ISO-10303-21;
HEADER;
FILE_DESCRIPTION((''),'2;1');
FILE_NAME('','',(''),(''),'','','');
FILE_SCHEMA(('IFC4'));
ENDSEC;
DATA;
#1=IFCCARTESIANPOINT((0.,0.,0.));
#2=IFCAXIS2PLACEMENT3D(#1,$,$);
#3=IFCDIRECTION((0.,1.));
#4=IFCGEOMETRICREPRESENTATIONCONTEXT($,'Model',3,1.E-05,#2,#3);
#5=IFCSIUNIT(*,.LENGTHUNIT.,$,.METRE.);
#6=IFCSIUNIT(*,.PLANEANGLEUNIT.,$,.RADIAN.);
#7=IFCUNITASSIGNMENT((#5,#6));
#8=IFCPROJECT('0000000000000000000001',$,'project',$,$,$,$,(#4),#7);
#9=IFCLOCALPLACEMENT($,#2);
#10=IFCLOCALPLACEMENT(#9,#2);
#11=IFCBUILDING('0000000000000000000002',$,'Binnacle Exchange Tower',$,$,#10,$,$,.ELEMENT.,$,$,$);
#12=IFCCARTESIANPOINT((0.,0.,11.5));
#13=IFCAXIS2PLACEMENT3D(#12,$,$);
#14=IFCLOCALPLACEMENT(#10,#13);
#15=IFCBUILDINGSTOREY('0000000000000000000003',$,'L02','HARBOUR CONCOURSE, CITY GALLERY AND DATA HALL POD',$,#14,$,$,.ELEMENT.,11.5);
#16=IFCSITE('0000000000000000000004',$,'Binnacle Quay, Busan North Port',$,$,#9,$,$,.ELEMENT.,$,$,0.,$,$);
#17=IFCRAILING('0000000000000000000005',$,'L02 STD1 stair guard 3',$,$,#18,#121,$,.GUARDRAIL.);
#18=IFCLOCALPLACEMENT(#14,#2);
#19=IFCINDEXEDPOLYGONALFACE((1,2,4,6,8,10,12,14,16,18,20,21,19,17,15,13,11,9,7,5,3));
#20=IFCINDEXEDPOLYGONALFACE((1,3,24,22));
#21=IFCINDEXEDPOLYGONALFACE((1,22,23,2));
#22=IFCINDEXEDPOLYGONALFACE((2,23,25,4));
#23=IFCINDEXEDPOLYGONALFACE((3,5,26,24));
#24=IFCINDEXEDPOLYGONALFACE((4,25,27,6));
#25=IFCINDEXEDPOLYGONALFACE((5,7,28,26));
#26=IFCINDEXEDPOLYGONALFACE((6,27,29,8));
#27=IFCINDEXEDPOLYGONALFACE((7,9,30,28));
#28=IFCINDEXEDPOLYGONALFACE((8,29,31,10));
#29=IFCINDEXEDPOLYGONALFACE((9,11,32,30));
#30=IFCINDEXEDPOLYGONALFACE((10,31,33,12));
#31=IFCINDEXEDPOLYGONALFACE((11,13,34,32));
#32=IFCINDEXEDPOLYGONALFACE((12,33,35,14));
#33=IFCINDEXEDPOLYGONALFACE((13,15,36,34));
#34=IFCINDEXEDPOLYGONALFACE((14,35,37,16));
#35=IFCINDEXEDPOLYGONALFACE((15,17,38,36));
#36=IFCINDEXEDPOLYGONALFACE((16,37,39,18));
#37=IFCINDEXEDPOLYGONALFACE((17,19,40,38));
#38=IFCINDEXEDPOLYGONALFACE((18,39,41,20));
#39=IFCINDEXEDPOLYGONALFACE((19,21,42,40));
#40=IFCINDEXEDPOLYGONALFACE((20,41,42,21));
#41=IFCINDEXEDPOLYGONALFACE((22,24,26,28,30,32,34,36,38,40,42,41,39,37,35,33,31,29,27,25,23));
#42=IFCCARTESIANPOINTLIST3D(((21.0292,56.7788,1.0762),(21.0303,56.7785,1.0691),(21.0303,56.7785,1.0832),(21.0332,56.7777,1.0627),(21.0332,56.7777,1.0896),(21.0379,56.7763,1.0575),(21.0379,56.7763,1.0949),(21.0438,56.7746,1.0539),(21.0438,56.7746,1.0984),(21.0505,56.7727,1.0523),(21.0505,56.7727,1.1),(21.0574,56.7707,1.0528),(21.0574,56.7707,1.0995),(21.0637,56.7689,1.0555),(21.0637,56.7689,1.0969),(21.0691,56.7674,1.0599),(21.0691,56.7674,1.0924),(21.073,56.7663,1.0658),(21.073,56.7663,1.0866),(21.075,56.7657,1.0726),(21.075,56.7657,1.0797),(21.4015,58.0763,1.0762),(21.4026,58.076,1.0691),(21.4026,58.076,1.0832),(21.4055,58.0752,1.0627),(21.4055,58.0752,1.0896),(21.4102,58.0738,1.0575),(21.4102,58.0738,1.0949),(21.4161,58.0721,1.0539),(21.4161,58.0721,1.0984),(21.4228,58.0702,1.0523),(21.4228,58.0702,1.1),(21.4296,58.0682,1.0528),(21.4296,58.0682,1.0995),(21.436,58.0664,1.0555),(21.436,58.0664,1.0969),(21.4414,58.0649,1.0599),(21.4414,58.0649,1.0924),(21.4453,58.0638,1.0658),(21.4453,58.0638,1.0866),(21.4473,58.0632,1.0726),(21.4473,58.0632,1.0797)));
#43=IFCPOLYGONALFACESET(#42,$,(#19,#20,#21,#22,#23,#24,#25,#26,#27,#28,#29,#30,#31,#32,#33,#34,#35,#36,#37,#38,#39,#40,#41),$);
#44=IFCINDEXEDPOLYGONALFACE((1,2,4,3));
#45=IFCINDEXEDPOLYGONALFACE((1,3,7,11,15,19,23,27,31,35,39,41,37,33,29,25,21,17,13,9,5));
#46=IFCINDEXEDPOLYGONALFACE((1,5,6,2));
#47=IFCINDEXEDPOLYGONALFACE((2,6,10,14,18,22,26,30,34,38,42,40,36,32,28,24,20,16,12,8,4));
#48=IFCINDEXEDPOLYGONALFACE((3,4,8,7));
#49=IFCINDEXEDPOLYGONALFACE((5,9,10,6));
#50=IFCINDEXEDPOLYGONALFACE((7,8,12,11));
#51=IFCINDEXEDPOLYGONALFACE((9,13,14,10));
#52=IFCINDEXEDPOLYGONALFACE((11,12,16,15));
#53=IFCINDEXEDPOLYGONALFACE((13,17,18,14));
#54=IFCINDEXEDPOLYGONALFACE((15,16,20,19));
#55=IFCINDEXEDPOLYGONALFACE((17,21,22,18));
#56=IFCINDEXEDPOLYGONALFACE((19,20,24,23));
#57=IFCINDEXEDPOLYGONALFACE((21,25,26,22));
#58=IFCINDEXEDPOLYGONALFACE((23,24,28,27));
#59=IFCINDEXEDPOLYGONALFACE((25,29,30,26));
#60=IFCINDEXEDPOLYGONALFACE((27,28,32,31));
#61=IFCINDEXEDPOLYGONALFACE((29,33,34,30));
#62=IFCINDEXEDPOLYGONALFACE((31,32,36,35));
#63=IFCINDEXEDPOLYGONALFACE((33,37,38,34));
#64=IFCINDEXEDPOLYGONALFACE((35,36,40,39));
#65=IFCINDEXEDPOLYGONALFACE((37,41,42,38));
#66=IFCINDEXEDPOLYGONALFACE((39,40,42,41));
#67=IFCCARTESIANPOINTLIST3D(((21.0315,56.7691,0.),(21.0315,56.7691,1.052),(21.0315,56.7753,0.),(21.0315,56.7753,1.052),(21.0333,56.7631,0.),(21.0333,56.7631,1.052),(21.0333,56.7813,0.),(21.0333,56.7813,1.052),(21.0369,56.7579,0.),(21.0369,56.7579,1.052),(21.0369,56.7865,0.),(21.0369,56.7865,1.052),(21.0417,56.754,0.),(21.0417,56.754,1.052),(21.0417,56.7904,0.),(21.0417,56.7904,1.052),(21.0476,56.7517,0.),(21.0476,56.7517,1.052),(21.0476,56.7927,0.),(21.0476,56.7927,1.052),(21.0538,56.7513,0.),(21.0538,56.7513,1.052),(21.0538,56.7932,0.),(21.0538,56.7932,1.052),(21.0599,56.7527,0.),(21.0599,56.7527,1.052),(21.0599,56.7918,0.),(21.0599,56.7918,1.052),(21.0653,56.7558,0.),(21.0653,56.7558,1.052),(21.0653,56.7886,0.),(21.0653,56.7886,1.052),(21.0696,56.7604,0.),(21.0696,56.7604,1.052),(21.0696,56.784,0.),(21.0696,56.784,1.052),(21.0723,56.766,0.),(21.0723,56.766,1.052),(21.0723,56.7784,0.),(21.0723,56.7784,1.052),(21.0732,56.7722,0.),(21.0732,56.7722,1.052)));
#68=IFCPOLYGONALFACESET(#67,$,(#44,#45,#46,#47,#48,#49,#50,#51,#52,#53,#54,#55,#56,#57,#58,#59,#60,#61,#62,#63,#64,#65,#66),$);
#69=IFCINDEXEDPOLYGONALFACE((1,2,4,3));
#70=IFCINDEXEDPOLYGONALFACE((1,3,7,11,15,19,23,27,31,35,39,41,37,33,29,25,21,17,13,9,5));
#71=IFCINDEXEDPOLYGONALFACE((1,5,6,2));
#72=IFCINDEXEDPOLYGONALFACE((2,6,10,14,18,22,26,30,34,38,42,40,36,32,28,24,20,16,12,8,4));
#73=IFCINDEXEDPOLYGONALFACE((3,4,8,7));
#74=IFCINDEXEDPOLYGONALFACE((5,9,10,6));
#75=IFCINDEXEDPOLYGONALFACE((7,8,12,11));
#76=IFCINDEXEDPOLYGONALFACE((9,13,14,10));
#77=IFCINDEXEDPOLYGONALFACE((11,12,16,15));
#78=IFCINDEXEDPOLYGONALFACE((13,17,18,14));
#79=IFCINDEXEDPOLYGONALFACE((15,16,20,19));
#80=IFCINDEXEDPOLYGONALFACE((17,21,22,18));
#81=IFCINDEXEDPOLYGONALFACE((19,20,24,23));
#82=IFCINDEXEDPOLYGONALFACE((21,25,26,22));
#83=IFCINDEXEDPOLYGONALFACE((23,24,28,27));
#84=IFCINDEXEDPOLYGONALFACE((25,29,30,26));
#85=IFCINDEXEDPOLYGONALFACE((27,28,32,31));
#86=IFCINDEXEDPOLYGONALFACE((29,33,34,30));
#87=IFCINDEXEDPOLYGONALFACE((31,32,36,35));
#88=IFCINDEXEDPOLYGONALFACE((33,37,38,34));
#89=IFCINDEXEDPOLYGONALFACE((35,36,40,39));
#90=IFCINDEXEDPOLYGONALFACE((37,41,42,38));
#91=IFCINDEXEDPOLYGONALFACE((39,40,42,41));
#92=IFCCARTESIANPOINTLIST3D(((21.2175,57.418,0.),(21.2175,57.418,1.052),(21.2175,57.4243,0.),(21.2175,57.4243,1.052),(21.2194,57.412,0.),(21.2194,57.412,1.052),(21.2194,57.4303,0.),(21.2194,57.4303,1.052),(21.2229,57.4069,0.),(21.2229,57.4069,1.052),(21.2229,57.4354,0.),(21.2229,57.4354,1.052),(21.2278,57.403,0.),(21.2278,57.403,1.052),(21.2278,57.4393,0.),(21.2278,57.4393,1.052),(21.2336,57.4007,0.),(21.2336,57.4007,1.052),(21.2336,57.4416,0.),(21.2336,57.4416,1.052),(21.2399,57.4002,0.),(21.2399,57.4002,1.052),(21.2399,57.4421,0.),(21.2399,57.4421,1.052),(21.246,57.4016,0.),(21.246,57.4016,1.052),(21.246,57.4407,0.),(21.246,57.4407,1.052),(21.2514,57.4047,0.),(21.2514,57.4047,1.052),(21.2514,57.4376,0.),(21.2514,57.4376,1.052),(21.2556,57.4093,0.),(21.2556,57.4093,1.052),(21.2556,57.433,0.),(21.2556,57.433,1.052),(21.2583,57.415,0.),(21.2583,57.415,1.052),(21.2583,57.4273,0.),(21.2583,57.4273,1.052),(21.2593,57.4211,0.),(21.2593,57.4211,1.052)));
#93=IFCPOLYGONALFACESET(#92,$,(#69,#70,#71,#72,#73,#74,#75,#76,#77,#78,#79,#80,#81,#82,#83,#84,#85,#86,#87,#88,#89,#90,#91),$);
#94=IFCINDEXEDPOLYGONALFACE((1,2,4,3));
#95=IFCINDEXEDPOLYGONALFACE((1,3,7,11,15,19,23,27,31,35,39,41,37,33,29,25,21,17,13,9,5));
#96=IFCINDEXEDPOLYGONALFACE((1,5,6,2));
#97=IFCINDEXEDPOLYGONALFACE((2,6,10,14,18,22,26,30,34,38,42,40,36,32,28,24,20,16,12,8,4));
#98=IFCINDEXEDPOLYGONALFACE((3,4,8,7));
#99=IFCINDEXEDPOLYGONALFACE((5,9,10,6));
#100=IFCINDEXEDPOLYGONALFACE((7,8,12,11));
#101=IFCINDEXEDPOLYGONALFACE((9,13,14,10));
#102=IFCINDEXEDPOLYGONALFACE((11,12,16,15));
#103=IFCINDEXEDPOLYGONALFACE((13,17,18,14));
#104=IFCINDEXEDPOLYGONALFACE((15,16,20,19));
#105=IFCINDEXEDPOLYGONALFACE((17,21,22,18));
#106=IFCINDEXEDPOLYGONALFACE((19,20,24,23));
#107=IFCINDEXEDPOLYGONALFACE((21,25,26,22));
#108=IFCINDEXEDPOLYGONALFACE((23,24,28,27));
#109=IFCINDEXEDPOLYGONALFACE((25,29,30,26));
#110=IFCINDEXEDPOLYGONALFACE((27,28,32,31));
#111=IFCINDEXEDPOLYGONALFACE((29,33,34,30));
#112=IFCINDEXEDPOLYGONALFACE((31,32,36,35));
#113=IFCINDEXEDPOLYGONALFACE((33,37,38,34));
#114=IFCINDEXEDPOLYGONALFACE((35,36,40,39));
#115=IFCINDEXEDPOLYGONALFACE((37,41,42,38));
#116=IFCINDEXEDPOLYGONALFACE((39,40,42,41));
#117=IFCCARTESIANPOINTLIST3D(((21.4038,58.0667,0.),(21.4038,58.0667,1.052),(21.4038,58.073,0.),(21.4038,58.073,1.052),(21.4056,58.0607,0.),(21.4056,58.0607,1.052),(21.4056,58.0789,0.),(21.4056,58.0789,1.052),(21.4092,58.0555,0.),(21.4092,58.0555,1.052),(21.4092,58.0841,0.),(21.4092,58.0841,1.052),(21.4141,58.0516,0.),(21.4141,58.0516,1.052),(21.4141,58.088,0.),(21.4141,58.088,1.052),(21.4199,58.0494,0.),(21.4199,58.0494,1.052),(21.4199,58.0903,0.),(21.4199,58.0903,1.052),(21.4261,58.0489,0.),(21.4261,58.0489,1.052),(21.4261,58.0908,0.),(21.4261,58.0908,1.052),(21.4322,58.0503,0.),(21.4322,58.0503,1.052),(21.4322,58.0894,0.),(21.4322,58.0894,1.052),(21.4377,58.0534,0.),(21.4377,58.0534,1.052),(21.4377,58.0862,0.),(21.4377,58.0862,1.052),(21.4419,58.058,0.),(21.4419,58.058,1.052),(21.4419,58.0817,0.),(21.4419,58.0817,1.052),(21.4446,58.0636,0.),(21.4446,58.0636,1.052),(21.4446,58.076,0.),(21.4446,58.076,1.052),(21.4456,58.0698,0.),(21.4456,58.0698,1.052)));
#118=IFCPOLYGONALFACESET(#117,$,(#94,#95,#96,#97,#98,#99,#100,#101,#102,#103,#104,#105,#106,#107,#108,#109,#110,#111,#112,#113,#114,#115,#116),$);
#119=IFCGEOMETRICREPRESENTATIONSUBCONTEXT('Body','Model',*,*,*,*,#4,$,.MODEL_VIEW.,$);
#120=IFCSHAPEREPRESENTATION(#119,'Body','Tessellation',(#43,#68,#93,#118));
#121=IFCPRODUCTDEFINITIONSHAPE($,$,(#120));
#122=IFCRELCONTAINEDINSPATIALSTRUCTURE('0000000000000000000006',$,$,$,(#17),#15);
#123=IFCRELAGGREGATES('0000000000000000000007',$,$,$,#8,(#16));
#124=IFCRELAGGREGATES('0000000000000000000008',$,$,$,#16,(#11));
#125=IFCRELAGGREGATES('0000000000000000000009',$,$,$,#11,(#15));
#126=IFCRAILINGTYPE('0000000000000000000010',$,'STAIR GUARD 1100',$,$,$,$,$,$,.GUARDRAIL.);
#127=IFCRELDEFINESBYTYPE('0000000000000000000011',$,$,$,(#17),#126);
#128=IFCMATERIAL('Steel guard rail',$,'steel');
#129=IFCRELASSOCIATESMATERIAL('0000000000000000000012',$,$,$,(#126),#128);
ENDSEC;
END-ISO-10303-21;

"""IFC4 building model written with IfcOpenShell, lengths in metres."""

from ifc_helpers import new_model, si_unit, direction, frame, origin, origin_2d, place, context, subcontext, project, spatial, circle, extrude, material, type_object, element, save


model = new_model("IFC4")

# Units and contexts
model_context = context("Model", 3, precision=1e-05, world=origin(), true_north=direction((0.0, 1.0)))
body_context = subcontext(model_context, "Body", "Model", "MODEL_VIEW")
ifc_project = project(units=[si_unit("LENGTHUNIT", "METRE"), si_unit("PLANEANGLEUNIT", "RADIAN")], contexts=[model_context])

# Site, building, storey
site_placement = place(None, origin())
site = spatial("IfcSite", under=ifc_project, at=site_placement, Name="Binnacle Quay, Busan North Port", CompositionType="ELEMENT", RefElevation=0.0)
building_placement = place(site_placement, origin())
building = spatial("IfcBuilding", under=site, at=building_placement, Name="Binnacle Exchange Tower", CompositionType="ELEMENT")
storey_placement = place(building_placement, frame((0.0, 0.0, 11.5)))
storey = spatial("IfcBuildingStorey", under=building, at=storey_placement, Name="L02", Description="HARBOUR CONCOURSE, CITY GALLERY AND DATA HALL POD", CompositionType="ELEMENT", Elevation=11.5)

# Railing
ifc_material_1 = material(Name="Steel guard rail", Category="steel")
railing_type_1 = type_object("IfcRailingType", Name="STAIR GUARD 1100", PredefinedType="GUARDRAIL", material=ifc_material_1)
railing_1_placement = place(storey_placement, frame((21.0522, 56.7722, 0.0)))
element("IfcRailing", 1, at=railing_1_placement, inside=storey, type_object=railing_type_1, Name="L02 STD1 stair guard 3", PredefinedType="GUARDRAIL", context=body_context, shape_type="SweptSolid", body=[
    extrude(circle(Radius=0.0239, at=origin_2d()), frame((0.0, 0.0, 1.0762), z_axis=(0.275796, 0.961216, 0.0), x_axis=(-0.961216, 0.275796, 0.0)), (0.0, 0.0, 1.0), 1.3499),
    extrude(circle(Radius=0.021, at=origin_2d()), origin(), (0.0, 0.0, 1.0), 1.052),
    extrude(circle(Radius=0.021, at=origin_2d()), frame((0.186, 0.6489, 0.0)), (0.0, 0.0, 1.0), 1.052),
    extrude(circle(Radius=0.021, at=origin_2d()), frame((0.3723, 1.2976, 0.0)), (0.0, 0.0, 1.0), 1.052),
])

save(model, "model.ifc")
